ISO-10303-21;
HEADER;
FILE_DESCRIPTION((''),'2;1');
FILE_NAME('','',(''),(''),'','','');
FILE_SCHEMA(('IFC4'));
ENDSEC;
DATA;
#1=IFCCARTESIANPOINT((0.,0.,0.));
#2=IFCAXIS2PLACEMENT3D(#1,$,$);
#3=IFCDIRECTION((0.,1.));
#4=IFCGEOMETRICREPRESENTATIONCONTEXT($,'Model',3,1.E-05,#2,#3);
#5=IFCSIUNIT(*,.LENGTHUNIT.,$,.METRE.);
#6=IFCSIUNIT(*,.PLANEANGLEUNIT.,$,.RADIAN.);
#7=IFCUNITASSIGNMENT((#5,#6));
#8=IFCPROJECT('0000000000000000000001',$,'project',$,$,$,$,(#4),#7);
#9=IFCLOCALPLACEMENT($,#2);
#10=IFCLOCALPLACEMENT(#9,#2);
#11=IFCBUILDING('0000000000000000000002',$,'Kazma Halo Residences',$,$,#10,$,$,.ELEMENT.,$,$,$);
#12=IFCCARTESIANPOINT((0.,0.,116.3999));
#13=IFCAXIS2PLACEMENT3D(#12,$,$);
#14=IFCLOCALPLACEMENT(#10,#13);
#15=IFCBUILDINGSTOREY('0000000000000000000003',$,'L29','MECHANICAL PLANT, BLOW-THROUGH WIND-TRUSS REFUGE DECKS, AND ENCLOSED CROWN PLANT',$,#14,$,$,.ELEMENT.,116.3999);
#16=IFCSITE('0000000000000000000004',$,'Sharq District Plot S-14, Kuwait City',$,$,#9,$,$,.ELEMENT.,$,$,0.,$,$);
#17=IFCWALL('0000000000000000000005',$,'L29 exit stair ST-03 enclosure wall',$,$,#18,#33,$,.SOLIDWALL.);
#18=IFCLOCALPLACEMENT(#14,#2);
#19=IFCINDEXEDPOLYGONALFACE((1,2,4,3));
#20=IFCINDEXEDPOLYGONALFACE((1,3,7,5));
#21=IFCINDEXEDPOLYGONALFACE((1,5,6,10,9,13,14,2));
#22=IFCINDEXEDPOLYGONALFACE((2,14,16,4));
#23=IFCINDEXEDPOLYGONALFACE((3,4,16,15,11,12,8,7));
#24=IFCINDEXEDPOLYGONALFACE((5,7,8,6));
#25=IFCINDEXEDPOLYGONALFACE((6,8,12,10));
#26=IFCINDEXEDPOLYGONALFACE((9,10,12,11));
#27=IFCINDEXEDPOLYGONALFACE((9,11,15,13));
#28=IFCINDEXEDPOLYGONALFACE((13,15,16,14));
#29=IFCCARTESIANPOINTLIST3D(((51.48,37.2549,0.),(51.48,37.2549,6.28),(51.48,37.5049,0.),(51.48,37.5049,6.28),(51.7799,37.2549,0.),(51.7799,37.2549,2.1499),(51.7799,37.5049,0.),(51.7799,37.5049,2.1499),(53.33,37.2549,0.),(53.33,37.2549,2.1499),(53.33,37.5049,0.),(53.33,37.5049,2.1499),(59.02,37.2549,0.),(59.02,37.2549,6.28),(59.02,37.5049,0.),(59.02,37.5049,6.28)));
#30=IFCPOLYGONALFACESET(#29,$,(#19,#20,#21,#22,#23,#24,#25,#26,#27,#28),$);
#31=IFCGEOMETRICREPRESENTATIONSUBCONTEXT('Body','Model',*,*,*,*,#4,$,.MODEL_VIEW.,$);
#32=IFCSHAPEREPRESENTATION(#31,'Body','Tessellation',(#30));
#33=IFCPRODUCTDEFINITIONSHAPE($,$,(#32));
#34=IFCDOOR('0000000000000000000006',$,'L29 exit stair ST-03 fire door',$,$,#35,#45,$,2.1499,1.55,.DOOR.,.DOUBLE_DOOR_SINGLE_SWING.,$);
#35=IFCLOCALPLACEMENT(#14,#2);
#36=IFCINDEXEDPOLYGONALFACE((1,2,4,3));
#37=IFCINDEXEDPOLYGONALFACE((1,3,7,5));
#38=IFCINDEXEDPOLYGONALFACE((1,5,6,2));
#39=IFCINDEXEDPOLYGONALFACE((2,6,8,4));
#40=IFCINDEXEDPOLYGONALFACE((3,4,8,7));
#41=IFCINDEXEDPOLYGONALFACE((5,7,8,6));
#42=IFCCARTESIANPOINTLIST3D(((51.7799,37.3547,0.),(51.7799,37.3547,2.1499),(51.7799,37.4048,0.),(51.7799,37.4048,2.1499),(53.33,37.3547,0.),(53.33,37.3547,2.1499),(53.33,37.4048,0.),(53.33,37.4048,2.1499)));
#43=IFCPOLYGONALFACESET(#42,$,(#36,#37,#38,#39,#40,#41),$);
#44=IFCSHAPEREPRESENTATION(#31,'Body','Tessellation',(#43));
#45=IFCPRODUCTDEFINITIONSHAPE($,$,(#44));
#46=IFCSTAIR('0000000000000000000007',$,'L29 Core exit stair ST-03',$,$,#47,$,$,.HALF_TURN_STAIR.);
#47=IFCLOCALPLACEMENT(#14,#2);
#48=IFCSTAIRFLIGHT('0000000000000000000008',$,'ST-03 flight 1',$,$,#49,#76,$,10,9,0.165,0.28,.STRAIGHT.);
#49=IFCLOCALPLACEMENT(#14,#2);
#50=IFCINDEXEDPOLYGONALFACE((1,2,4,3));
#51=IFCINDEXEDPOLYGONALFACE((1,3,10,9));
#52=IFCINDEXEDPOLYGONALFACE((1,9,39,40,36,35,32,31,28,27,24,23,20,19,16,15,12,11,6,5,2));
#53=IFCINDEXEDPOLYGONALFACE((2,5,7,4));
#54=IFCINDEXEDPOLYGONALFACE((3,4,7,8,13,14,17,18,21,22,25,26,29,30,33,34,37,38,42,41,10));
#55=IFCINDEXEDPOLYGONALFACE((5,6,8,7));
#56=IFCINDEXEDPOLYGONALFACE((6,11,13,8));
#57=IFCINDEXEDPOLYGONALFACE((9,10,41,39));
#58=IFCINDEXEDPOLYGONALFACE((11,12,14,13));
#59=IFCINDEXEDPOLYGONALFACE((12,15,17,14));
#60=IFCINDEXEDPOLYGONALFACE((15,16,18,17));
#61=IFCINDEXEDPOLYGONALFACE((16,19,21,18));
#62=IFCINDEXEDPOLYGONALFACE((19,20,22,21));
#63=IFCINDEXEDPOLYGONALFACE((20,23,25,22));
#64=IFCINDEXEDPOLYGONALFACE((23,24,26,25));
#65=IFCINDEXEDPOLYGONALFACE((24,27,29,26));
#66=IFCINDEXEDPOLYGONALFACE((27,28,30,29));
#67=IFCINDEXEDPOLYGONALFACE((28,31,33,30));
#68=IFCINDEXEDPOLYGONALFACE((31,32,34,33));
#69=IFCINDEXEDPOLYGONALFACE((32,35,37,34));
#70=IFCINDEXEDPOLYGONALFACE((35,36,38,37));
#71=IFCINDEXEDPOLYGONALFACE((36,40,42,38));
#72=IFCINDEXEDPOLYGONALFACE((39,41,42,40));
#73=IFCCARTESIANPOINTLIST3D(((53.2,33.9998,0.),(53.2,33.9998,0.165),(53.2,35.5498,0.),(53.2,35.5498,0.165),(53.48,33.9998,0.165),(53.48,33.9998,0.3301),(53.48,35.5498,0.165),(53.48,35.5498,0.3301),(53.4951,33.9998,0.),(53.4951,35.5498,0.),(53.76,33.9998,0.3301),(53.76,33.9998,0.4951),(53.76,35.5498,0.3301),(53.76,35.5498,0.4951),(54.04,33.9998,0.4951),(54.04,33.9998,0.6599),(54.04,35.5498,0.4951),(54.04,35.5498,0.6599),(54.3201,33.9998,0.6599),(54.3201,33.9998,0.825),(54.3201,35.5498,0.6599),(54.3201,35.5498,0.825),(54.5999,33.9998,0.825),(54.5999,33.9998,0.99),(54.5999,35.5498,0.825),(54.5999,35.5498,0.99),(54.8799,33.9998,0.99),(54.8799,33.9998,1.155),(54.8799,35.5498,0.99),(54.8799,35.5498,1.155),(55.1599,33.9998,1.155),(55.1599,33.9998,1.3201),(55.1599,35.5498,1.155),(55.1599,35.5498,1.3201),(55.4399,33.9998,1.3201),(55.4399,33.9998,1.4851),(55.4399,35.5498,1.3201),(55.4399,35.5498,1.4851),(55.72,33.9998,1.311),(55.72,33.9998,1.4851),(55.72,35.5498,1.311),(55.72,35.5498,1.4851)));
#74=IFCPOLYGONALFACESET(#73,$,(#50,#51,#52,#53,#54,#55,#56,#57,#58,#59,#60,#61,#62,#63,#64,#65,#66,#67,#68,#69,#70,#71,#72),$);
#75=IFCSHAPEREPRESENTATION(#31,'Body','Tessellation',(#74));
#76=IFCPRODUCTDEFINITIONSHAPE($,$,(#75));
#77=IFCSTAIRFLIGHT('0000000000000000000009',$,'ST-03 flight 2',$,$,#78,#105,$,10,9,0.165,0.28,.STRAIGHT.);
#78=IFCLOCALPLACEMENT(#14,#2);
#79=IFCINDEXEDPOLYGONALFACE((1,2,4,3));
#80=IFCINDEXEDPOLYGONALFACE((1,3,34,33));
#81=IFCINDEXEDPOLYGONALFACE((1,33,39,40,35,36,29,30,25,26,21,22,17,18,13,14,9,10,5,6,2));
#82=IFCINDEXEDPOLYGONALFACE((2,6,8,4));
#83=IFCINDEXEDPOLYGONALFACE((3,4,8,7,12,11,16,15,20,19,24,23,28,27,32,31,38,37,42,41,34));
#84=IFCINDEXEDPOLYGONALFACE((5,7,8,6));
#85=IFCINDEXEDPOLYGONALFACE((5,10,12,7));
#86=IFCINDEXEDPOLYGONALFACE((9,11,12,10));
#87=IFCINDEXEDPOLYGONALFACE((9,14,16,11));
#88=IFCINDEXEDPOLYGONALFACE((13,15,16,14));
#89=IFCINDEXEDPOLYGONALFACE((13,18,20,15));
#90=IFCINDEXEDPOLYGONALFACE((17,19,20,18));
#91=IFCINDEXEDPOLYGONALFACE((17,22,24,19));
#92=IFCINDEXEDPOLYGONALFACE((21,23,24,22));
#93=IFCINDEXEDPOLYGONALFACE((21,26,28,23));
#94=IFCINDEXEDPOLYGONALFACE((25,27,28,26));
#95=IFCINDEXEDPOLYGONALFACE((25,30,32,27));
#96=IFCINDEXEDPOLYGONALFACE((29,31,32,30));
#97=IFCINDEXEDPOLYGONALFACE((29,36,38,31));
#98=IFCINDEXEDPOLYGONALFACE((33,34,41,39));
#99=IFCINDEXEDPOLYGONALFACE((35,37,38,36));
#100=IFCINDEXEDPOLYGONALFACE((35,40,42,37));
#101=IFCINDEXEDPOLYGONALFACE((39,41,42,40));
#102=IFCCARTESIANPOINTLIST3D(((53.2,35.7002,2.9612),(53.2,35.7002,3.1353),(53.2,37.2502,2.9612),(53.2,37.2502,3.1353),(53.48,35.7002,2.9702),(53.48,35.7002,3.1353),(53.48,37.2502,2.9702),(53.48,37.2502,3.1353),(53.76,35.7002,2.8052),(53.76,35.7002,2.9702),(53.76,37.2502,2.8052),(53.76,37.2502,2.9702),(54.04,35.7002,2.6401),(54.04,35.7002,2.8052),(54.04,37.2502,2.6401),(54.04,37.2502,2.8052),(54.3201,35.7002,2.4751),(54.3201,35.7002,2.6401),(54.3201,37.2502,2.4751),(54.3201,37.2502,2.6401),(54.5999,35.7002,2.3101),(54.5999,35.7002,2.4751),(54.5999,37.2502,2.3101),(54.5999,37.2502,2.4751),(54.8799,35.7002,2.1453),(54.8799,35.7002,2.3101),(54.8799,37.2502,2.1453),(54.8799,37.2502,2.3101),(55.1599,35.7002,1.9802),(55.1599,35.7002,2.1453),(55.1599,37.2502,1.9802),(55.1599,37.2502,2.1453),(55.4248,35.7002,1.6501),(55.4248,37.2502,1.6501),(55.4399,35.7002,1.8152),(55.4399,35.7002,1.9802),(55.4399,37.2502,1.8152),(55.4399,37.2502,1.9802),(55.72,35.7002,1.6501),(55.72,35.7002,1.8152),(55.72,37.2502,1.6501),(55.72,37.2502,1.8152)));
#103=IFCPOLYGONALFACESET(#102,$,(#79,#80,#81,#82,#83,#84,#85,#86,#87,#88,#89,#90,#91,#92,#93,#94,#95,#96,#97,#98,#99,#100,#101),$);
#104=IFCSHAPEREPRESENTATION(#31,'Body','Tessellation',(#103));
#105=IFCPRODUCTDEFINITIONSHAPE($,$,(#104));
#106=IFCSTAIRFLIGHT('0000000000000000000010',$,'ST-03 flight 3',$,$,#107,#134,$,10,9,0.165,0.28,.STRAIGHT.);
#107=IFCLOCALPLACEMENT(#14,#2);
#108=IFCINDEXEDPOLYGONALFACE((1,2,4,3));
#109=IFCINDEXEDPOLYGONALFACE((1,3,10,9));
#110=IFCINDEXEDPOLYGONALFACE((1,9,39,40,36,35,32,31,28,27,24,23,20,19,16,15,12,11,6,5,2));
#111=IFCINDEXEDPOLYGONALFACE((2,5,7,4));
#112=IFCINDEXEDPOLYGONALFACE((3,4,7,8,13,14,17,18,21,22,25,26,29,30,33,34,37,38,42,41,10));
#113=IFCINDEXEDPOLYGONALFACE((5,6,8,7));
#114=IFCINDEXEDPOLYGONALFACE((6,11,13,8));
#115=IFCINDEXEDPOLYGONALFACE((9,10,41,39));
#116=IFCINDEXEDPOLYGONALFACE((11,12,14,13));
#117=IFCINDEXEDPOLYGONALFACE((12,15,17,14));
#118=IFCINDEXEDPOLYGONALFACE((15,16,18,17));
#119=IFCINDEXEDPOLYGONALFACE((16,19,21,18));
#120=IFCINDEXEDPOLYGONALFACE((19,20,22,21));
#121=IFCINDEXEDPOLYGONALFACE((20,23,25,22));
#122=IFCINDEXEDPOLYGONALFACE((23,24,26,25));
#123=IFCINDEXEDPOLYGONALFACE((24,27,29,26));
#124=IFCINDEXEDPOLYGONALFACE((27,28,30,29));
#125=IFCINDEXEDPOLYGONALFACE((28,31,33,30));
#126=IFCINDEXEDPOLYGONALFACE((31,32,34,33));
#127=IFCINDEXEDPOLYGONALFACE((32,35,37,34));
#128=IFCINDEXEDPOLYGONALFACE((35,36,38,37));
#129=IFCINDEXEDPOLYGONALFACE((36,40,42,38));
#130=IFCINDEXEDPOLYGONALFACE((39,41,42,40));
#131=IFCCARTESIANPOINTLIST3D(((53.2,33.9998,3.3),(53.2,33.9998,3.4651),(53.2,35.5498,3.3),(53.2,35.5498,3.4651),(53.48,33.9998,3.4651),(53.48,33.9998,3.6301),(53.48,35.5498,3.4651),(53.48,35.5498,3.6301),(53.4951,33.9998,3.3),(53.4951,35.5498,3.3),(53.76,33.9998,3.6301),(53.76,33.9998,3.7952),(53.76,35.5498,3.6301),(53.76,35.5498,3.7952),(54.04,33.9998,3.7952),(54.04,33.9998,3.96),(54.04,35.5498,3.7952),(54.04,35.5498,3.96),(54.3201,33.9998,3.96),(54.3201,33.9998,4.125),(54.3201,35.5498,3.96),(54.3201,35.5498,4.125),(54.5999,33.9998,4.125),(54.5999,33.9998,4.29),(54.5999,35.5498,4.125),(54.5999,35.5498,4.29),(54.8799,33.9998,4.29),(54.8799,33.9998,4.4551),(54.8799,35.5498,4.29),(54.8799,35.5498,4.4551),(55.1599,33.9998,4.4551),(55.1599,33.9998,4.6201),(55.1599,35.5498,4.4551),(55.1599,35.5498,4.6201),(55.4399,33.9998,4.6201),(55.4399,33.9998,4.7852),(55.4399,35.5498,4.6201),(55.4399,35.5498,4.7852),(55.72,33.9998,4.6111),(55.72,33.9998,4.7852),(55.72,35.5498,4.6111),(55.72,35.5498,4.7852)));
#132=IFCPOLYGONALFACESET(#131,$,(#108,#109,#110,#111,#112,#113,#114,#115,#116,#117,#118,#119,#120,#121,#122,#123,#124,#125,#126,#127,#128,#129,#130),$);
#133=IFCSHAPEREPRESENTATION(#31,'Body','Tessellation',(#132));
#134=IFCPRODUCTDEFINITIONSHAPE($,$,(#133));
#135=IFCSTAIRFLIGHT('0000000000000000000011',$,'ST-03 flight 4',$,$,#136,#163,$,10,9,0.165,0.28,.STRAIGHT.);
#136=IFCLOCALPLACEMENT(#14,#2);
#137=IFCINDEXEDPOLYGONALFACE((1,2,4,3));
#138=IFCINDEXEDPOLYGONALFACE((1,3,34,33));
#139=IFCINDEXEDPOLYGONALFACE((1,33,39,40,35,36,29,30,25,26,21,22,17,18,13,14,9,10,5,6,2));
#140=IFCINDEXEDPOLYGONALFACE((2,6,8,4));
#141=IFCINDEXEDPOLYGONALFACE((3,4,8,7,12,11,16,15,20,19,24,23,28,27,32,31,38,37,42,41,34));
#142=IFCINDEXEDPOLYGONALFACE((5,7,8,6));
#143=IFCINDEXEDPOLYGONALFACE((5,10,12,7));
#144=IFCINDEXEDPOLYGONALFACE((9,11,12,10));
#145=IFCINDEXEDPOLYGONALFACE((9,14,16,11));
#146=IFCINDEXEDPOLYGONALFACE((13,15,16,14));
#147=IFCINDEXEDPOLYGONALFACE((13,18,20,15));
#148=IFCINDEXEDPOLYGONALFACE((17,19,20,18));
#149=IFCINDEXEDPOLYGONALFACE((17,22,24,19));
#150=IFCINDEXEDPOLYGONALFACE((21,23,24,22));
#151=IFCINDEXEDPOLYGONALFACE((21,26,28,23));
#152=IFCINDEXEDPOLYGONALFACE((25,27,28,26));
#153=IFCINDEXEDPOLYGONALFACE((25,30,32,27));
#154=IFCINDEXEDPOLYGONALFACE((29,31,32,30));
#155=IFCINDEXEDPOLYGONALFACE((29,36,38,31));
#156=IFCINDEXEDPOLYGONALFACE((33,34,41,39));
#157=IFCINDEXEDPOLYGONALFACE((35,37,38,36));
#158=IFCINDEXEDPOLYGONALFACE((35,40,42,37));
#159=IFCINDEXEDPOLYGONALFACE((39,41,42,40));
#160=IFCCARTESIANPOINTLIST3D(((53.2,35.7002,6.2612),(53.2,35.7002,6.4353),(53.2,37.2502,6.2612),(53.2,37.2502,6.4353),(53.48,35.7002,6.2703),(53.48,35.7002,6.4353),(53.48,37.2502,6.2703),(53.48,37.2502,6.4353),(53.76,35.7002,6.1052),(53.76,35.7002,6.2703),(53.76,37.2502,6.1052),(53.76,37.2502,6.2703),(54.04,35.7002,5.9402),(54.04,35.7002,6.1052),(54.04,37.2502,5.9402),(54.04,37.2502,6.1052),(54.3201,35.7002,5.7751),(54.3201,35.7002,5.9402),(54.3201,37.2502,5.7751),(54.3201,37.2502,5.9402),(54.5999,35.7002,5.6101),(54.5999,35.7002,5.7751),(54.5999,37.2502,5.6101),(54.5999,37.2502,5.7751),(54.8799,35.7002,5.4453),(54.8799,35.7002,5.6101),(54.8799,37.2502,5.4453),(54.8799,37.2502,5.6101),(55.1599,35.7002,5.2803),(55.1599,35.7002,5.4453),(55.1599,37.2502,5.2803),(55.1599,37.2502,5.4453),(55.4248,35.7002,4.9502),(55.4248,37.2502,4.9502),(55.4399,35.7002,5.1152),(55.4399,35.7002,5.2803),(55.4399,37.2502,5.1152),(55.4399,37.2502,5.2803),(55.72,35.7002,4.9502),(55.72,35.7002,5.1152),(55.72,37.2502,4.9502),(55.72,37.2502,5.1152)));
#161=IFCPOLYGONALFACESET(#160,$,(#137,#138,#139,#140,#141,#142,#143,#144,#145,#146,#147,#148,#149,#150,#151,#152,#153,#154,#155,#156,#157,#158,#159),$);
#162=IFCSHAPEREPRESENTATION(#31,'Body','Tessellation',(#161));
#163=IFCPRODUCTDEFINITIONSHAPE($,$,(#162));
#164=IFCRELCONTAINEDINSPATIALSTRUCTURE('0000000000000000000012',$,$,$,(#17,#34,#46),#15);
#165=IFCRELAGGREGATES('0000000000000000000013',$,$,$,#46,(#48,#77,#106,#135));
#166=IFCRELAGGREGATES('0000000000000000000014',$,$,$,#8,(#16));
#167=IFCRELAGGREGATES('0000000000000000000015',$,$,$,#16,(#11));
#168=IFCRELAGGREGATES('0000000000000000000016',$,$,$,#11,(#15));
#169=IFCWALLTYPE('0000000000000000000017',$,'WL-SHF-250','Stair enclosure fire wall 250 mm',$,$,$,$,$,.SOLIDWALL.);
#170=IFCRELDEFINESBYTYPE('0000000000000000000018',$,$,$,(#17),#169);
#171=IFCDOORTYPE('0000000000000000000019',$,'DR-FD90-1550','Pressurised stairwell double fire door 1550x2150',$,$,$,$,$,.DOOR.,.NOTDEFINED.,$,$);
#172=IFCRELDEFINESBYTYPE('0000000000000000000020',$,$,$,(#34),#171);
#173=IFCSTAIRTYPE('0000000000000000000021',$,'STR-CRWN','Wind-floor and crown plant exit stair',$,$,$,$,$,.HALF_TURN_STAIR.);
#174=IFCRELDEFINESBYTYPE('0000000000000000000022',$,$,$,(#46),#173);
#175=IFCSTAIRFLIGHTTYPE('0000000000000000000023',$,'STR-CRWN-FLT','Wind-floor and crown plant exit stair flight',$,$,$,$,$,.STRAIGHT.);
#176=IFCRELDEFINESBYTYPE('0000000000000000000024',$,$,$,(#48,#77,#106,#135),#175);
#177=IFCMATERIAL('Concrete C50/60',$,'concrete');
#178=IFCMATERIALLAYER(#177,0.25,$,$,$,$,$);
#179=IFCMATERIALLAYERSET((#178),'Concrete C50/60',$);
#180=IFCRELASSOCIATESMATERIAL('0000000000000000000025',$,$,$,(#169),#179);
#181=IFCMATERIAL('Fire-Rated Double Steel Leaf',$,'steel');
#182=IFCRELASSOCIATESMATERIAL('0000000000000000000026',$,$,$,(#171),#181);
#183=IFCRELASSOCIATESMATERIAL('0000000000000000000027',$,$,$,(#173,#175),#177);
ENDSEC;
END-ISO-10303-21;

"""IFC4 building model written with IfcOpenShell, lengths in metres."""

from ifc_helpers import new_model, si_unit, direction, frame, frame_2d, origin, place, context, subcontext, project, spatial, polyline, rectangle, outline, extrude, material, layer, layer_set, type_object, element, fill, aggregate, save


model = new_model("IFC4")

# Units and contexts
model_context = context("Model", 3, precision=1e-05, world=origin(), true_north=direction((0.0, 1.0)))
body_context = subcontext(model_context, "Body", "Model", "MODEL_VIEW")
ifc_project = project(units=[si_unit("LENGTHUNIT", "METRE"), si_unit("PLANEANGLEUNIT", "RADIAN")], contexts=[model_context])

# Site, building, storey
site_placement = place(None, origin())
site = spatial("IfcSite", under=ifc_project, at=site_placement, Name="Sharq District Plot S-14, Kuwait City", CompositionType="ELEMENT", RefElevation=0.0)
building_placement = place(site_placement, origin())
building = spatial("IfcBuilding", under=site, at=building_placement, Name="Kazma Halo Residences", CompositionType="ELEMENT")
storey_placement = place(building_placement, frame((0.0, 0.0, 116.3999)))
storey = spatial("IfcBuildingStorey", under=building, at=storey_placement, Name="L29", Description="MECHANICAL PLANT, BLOW-THROUGH WIND-TRUSS REFUGE DECKS, AND ENCLOSED CROWN PLANT", CompositionType="ELEMENT", Elevation=116.3999)

# Wall, opening, door
ifc_material_1 = material(Name="Concrete C50/60", Category="concrete")
ifc_layer_1 = layer(ifc_material_1, 0.25)
ifc_layer_set_1 = layer_set([ifc_layer_1], Name="Concrete C50/60")
wall_type_1 = type_object("IfcWallType", Name="WL-SHF-250", Description="Stair enclosure fire wall 250 mm", PredefinedType="SOLIDWALL", material=ifc_layer_set_1)
wall_1_placement = place(storey_placement, frame((51.48, 37.3799, 0.0), z_axis=(0.0, 0.0, 1.0), x_axis=(1.0, 0.0, 0.0)))
wall_1 = element("IfcWall", 1, at=wall_1_placement, inside=storey, type_object=wall_type_1, Name="L29 exit stair ST-03 enclosure wall", PredefinedType="SOLIDWALL", context=body_context, shape_type="SweptSolid", body=[
    extrude(rectangle(XDim=7.54, YDim=0.25, at=frame_2d((3.77, 0.0))), origin(), (0.0, 0.0, 1.0), 6.28),
])
opening_1_placement = place(wall_1_placement, frame((0.3, 0.0, 0.0)))
opening_1 = element("IfcOpeningElement", 2, at=opening_1_placement, cuts=wall_1, PredefinedType="OPENING", context=body_context, shape_type="SweptSolid", body=[
    extrude(rectangle(XDim=1.55, YDim=2.1499, at=frame_2d((0.7749, 1.075))), frame((0.0, 0.135, 0.0), z_axis=(0.0, -1.0, 0.0), x_axis=(1.0, 0.0, 0.0)), (0.0, 0.0, 1.0), 0.27),
])
ifc_material_2 = material(Name="Fire-Rated Double Steel Leaf", Category="steel")
door_type_1 = type_object("IfcDoorType", Name="DR-FD90-1550", Description="Pressurised stairwell double fire door 1550x2150", OperationType="NOTDEFINED", PredefinedType="DOOR", material=ifc_material_2)
door_1_placement = place(opening_1_placement, origin())
door_1 = element("IfcDoor", 3, at=door_1_placement, inside=storey, type_object=door_type_1, Name="L29 exit stair ST-03 fire door", OperationType="DOUBLE_DOOR_SINGLE_SWING", OverallHeight=2.1499, OverallWidth=1.55, PredefinedType="DOOR", context=body_context, shape_type="SweptSolid", body=[
    extrude(rectangle(XDim=1.55, YDim=2.1499, at=frame_2d((0.7749, 1.075))), frame((0.0, 0.0249, 0.0), z_axis=(0.0, -1.0, 0.0), x_axis=(1.0, 0.0, 0.0)), (0.0, 0.0, 1.0), 0.05),
])
fill(opening_1, door_1)

# Stair, stair flights
stair_type = type_object("IfcStairType", Name="STR-CRWN", Description="Wind-floor and crown plant exit stair", PredefinedType="HALF_TURN_STAIR", material=ifc_material_1)
stair_placement = place(storey_placement, origin())
stair = element("IfcStair", 4, at=stair_placement, inside=storey, type_object=stair_type, Name="L29 Core exit stair ST-03", PredefinedType="HALF_TURN_STAIR")
stair_flight_type = type_object("IfcStairFlightType", Name="STR-CRWN-FLT", Description="Wind-floor and crown plant exit stair flight", PredefinedType="STRAIGHT", material=ifc_material_1)
stair_flight_1_placement = place(storey_placement, frame((53.2, 34.7749, 0.0), z_axis=(0.0, 0.0, 1.0), x_axis=(1.0, 0.0, 0.0)))
stair_flight_1 = element("IfcStairFlight", 5, at=stair_flight_1_placement, type_object=stair_flight_type, Name="ST-03 flight 1", NumberOfRisers=10, NumberOfTreads=9, PredefinedType="STRAIGHT", RiserHeight=0.165, TreadLength=0.28, context=body_context, shape_type="SweptSolid", body=[
    extrude(outline(polyline([(0.0, 0.0), (0.0, 0.165), (0.28, 0.165), (0.28, 0.3301), (0.5601, 0.3301), (0.5601, 0.4951), (0.8401, 0.4951), (0.8401, 0.6599), (1.1201, 0.6599), (1.1201, 0.825), (1.3999, 0.825), (1.3999, 0.99), (1.6799, 0.99), (1.6799, 1.155), (1.96, 1.155), (1.96, 1.3201), (2.24, 1.3201), (2.24, 1.4851), (2.52, 1.4851), (2.52, 1.6499), (2.52, 1.311), (0.2952, 0.0), (0.0, 0.0)])), frame((0.0, 0.7749, 0.0), z_axis=(0.0, -1.0, 0.0), x_axis=(1.0, 0.0, 0.0)), (0.0, 0.0, 1.0), 1.55),
])
stair_flight_2_placement = place(storey_placement, frame((55.72, 36.4751, 1.6501), z_axis=(0.0, 0.0, 1.0), x_axis=(-1.0, 0.0, 0.0)))
stair_flight_2 = element("IfcStairFlight", 6, at=stair_flight_2_placement, type_object=stair_flight_type, Name="ST-03 flight 2", NumberOfRisers=10, NumberOfTreads=9, PredefinedType="STRAIGHT", RiserHeight=0.165, TreadLength=0.28, context=body_context, shape_type="SweptSolid", body=[
    extrude(outline(polyline([(0.0, 0.0), (0.0, 0.165), (0.28, 0.165), (0.28, 0.3301), (0.5601, 0.3301), (0.5601, 0.4951), (0.8401, 0.4951), (0.8401, 0.6599), (1.1201, 0.6599), (1.1201, 0.825), (1.3999, 0.825), (1.3999, 0.99), (1.6799, 0.99), (1.6799, 1.155), (1.96, 1.155), (1.96, 1.3201), (2.24, 1.3201), (2.24, 1.4851), (2.52, 1.4851), (2.52, 1.6499), (2.52, 1.311), (0.2952, 0.0), (0.0, 0.0)])), frame((0.0, 0.7749, 0.0), z_axis=(0.0, -1.0, 0.0), x_axis=(1.0, 0.0, 0.0)), (0.0, 0.0, 1.0), 1.55),
])
stair_flight_3_placement = place(storey_placement, frame((53.2, 34.7749, 3.3), z_axis=(0.0, 0.0, 1.0), x_axis=(1.0, 0.0, 0.0)))
stair_flight_3 = element("IfcStairFlight", 7, at=stair_flight_3_placement, type_object=stair_flight_type, Name="ST-03 flight 3", NumberOfRisers=10, NumberOfTreads=9, PredefinedType="STRAIGHT", RiserHeight=0.165, TreadLength=0.28, context=body_context, shape_type="SweptSolid", body=[
    extrude(outline(polyline([(0.0, 0.0), (0.0, 0.165), (0.28, 0.165), (0.28, 0.3301), (0.5601, 0.3301), (0.5601, 0.4951), (0.8401, 0.4951), (0.8401, 0.6599), (1.1201, 0.6599), (1.1201, 0.825), (1.3999, 0.825), (1.3999, 0.99), (1.6799, 0.99), (1.6799, 1.155), (1.96, 1.155), (1.96, 1.3201), (2.24, 1.3201), (2.24, 1.4851), (2.52, 1.4851), (2.52, 1.6499), (2.52, 1.311), (0.2952, 0.0), (0.0, 0.0)])), frame((0.0, 0.7749, 0.0), z_axis=(0.0, -1.0, 0.0), x_axis=(1.0, 0.0, 0.0)), (0.0, 0.0, 1.0), 1.55),
])
stair_flight_4_placement = place(storey_placement, frame((55.72, 36.4751, 4.9502), z_axis=(0.0, 0.0, 1.0), x_axis=(-1.0, 0.0, 0.0)))
stair_flight_4 = element("IfcStairFlight", 8, at=stair_flight_4_placement, type_object=stair_flight_type, Name="ST-03 flight 4", NumberOfRisers=10, NumberOfTreads=9, PredefinedType="STRAIGHT", RiserHeight=0.165, TreadLength=0.28, context=body_context, shape_type="SweptSolid", body=[
    extrude(outline(polyline([(0.0, 0.0), (0.0, 0.165), (0.28, 0.165), (0.28, 0.3301), (0.5601, 0.3301), (0.5601, 0.4951), (0.8401, 0.4951), (0.8401, 0.6599), (1.1201, 0.6599), (1.1201, 0.825), (1.3999, 0.825), (1.3999, 0.99), (1.6799, 0.99), (1.6799, 1.155), (1.96, 1.155), (1.96, 1.3201), (2.24, 1.3201), (2.24, 1.4851), (2.52, 1.4851), (2.52, 1.6499), (2.52, 1.311), (0.2952, 0.0), (0.0, 0.0)])), frame((0.0, 0.7749, 0.0), z_axis=(0.0, -1.0, 0.0), x_axis=(1.0, 0.0, 0.0)), (0.0, 0.0, 1.0), 1.55),
])
aggregate(stair, [stair_flight_1, stair_flight_2, stair_flight_3, stair_flight_4])

save(model, "model.ifc")
